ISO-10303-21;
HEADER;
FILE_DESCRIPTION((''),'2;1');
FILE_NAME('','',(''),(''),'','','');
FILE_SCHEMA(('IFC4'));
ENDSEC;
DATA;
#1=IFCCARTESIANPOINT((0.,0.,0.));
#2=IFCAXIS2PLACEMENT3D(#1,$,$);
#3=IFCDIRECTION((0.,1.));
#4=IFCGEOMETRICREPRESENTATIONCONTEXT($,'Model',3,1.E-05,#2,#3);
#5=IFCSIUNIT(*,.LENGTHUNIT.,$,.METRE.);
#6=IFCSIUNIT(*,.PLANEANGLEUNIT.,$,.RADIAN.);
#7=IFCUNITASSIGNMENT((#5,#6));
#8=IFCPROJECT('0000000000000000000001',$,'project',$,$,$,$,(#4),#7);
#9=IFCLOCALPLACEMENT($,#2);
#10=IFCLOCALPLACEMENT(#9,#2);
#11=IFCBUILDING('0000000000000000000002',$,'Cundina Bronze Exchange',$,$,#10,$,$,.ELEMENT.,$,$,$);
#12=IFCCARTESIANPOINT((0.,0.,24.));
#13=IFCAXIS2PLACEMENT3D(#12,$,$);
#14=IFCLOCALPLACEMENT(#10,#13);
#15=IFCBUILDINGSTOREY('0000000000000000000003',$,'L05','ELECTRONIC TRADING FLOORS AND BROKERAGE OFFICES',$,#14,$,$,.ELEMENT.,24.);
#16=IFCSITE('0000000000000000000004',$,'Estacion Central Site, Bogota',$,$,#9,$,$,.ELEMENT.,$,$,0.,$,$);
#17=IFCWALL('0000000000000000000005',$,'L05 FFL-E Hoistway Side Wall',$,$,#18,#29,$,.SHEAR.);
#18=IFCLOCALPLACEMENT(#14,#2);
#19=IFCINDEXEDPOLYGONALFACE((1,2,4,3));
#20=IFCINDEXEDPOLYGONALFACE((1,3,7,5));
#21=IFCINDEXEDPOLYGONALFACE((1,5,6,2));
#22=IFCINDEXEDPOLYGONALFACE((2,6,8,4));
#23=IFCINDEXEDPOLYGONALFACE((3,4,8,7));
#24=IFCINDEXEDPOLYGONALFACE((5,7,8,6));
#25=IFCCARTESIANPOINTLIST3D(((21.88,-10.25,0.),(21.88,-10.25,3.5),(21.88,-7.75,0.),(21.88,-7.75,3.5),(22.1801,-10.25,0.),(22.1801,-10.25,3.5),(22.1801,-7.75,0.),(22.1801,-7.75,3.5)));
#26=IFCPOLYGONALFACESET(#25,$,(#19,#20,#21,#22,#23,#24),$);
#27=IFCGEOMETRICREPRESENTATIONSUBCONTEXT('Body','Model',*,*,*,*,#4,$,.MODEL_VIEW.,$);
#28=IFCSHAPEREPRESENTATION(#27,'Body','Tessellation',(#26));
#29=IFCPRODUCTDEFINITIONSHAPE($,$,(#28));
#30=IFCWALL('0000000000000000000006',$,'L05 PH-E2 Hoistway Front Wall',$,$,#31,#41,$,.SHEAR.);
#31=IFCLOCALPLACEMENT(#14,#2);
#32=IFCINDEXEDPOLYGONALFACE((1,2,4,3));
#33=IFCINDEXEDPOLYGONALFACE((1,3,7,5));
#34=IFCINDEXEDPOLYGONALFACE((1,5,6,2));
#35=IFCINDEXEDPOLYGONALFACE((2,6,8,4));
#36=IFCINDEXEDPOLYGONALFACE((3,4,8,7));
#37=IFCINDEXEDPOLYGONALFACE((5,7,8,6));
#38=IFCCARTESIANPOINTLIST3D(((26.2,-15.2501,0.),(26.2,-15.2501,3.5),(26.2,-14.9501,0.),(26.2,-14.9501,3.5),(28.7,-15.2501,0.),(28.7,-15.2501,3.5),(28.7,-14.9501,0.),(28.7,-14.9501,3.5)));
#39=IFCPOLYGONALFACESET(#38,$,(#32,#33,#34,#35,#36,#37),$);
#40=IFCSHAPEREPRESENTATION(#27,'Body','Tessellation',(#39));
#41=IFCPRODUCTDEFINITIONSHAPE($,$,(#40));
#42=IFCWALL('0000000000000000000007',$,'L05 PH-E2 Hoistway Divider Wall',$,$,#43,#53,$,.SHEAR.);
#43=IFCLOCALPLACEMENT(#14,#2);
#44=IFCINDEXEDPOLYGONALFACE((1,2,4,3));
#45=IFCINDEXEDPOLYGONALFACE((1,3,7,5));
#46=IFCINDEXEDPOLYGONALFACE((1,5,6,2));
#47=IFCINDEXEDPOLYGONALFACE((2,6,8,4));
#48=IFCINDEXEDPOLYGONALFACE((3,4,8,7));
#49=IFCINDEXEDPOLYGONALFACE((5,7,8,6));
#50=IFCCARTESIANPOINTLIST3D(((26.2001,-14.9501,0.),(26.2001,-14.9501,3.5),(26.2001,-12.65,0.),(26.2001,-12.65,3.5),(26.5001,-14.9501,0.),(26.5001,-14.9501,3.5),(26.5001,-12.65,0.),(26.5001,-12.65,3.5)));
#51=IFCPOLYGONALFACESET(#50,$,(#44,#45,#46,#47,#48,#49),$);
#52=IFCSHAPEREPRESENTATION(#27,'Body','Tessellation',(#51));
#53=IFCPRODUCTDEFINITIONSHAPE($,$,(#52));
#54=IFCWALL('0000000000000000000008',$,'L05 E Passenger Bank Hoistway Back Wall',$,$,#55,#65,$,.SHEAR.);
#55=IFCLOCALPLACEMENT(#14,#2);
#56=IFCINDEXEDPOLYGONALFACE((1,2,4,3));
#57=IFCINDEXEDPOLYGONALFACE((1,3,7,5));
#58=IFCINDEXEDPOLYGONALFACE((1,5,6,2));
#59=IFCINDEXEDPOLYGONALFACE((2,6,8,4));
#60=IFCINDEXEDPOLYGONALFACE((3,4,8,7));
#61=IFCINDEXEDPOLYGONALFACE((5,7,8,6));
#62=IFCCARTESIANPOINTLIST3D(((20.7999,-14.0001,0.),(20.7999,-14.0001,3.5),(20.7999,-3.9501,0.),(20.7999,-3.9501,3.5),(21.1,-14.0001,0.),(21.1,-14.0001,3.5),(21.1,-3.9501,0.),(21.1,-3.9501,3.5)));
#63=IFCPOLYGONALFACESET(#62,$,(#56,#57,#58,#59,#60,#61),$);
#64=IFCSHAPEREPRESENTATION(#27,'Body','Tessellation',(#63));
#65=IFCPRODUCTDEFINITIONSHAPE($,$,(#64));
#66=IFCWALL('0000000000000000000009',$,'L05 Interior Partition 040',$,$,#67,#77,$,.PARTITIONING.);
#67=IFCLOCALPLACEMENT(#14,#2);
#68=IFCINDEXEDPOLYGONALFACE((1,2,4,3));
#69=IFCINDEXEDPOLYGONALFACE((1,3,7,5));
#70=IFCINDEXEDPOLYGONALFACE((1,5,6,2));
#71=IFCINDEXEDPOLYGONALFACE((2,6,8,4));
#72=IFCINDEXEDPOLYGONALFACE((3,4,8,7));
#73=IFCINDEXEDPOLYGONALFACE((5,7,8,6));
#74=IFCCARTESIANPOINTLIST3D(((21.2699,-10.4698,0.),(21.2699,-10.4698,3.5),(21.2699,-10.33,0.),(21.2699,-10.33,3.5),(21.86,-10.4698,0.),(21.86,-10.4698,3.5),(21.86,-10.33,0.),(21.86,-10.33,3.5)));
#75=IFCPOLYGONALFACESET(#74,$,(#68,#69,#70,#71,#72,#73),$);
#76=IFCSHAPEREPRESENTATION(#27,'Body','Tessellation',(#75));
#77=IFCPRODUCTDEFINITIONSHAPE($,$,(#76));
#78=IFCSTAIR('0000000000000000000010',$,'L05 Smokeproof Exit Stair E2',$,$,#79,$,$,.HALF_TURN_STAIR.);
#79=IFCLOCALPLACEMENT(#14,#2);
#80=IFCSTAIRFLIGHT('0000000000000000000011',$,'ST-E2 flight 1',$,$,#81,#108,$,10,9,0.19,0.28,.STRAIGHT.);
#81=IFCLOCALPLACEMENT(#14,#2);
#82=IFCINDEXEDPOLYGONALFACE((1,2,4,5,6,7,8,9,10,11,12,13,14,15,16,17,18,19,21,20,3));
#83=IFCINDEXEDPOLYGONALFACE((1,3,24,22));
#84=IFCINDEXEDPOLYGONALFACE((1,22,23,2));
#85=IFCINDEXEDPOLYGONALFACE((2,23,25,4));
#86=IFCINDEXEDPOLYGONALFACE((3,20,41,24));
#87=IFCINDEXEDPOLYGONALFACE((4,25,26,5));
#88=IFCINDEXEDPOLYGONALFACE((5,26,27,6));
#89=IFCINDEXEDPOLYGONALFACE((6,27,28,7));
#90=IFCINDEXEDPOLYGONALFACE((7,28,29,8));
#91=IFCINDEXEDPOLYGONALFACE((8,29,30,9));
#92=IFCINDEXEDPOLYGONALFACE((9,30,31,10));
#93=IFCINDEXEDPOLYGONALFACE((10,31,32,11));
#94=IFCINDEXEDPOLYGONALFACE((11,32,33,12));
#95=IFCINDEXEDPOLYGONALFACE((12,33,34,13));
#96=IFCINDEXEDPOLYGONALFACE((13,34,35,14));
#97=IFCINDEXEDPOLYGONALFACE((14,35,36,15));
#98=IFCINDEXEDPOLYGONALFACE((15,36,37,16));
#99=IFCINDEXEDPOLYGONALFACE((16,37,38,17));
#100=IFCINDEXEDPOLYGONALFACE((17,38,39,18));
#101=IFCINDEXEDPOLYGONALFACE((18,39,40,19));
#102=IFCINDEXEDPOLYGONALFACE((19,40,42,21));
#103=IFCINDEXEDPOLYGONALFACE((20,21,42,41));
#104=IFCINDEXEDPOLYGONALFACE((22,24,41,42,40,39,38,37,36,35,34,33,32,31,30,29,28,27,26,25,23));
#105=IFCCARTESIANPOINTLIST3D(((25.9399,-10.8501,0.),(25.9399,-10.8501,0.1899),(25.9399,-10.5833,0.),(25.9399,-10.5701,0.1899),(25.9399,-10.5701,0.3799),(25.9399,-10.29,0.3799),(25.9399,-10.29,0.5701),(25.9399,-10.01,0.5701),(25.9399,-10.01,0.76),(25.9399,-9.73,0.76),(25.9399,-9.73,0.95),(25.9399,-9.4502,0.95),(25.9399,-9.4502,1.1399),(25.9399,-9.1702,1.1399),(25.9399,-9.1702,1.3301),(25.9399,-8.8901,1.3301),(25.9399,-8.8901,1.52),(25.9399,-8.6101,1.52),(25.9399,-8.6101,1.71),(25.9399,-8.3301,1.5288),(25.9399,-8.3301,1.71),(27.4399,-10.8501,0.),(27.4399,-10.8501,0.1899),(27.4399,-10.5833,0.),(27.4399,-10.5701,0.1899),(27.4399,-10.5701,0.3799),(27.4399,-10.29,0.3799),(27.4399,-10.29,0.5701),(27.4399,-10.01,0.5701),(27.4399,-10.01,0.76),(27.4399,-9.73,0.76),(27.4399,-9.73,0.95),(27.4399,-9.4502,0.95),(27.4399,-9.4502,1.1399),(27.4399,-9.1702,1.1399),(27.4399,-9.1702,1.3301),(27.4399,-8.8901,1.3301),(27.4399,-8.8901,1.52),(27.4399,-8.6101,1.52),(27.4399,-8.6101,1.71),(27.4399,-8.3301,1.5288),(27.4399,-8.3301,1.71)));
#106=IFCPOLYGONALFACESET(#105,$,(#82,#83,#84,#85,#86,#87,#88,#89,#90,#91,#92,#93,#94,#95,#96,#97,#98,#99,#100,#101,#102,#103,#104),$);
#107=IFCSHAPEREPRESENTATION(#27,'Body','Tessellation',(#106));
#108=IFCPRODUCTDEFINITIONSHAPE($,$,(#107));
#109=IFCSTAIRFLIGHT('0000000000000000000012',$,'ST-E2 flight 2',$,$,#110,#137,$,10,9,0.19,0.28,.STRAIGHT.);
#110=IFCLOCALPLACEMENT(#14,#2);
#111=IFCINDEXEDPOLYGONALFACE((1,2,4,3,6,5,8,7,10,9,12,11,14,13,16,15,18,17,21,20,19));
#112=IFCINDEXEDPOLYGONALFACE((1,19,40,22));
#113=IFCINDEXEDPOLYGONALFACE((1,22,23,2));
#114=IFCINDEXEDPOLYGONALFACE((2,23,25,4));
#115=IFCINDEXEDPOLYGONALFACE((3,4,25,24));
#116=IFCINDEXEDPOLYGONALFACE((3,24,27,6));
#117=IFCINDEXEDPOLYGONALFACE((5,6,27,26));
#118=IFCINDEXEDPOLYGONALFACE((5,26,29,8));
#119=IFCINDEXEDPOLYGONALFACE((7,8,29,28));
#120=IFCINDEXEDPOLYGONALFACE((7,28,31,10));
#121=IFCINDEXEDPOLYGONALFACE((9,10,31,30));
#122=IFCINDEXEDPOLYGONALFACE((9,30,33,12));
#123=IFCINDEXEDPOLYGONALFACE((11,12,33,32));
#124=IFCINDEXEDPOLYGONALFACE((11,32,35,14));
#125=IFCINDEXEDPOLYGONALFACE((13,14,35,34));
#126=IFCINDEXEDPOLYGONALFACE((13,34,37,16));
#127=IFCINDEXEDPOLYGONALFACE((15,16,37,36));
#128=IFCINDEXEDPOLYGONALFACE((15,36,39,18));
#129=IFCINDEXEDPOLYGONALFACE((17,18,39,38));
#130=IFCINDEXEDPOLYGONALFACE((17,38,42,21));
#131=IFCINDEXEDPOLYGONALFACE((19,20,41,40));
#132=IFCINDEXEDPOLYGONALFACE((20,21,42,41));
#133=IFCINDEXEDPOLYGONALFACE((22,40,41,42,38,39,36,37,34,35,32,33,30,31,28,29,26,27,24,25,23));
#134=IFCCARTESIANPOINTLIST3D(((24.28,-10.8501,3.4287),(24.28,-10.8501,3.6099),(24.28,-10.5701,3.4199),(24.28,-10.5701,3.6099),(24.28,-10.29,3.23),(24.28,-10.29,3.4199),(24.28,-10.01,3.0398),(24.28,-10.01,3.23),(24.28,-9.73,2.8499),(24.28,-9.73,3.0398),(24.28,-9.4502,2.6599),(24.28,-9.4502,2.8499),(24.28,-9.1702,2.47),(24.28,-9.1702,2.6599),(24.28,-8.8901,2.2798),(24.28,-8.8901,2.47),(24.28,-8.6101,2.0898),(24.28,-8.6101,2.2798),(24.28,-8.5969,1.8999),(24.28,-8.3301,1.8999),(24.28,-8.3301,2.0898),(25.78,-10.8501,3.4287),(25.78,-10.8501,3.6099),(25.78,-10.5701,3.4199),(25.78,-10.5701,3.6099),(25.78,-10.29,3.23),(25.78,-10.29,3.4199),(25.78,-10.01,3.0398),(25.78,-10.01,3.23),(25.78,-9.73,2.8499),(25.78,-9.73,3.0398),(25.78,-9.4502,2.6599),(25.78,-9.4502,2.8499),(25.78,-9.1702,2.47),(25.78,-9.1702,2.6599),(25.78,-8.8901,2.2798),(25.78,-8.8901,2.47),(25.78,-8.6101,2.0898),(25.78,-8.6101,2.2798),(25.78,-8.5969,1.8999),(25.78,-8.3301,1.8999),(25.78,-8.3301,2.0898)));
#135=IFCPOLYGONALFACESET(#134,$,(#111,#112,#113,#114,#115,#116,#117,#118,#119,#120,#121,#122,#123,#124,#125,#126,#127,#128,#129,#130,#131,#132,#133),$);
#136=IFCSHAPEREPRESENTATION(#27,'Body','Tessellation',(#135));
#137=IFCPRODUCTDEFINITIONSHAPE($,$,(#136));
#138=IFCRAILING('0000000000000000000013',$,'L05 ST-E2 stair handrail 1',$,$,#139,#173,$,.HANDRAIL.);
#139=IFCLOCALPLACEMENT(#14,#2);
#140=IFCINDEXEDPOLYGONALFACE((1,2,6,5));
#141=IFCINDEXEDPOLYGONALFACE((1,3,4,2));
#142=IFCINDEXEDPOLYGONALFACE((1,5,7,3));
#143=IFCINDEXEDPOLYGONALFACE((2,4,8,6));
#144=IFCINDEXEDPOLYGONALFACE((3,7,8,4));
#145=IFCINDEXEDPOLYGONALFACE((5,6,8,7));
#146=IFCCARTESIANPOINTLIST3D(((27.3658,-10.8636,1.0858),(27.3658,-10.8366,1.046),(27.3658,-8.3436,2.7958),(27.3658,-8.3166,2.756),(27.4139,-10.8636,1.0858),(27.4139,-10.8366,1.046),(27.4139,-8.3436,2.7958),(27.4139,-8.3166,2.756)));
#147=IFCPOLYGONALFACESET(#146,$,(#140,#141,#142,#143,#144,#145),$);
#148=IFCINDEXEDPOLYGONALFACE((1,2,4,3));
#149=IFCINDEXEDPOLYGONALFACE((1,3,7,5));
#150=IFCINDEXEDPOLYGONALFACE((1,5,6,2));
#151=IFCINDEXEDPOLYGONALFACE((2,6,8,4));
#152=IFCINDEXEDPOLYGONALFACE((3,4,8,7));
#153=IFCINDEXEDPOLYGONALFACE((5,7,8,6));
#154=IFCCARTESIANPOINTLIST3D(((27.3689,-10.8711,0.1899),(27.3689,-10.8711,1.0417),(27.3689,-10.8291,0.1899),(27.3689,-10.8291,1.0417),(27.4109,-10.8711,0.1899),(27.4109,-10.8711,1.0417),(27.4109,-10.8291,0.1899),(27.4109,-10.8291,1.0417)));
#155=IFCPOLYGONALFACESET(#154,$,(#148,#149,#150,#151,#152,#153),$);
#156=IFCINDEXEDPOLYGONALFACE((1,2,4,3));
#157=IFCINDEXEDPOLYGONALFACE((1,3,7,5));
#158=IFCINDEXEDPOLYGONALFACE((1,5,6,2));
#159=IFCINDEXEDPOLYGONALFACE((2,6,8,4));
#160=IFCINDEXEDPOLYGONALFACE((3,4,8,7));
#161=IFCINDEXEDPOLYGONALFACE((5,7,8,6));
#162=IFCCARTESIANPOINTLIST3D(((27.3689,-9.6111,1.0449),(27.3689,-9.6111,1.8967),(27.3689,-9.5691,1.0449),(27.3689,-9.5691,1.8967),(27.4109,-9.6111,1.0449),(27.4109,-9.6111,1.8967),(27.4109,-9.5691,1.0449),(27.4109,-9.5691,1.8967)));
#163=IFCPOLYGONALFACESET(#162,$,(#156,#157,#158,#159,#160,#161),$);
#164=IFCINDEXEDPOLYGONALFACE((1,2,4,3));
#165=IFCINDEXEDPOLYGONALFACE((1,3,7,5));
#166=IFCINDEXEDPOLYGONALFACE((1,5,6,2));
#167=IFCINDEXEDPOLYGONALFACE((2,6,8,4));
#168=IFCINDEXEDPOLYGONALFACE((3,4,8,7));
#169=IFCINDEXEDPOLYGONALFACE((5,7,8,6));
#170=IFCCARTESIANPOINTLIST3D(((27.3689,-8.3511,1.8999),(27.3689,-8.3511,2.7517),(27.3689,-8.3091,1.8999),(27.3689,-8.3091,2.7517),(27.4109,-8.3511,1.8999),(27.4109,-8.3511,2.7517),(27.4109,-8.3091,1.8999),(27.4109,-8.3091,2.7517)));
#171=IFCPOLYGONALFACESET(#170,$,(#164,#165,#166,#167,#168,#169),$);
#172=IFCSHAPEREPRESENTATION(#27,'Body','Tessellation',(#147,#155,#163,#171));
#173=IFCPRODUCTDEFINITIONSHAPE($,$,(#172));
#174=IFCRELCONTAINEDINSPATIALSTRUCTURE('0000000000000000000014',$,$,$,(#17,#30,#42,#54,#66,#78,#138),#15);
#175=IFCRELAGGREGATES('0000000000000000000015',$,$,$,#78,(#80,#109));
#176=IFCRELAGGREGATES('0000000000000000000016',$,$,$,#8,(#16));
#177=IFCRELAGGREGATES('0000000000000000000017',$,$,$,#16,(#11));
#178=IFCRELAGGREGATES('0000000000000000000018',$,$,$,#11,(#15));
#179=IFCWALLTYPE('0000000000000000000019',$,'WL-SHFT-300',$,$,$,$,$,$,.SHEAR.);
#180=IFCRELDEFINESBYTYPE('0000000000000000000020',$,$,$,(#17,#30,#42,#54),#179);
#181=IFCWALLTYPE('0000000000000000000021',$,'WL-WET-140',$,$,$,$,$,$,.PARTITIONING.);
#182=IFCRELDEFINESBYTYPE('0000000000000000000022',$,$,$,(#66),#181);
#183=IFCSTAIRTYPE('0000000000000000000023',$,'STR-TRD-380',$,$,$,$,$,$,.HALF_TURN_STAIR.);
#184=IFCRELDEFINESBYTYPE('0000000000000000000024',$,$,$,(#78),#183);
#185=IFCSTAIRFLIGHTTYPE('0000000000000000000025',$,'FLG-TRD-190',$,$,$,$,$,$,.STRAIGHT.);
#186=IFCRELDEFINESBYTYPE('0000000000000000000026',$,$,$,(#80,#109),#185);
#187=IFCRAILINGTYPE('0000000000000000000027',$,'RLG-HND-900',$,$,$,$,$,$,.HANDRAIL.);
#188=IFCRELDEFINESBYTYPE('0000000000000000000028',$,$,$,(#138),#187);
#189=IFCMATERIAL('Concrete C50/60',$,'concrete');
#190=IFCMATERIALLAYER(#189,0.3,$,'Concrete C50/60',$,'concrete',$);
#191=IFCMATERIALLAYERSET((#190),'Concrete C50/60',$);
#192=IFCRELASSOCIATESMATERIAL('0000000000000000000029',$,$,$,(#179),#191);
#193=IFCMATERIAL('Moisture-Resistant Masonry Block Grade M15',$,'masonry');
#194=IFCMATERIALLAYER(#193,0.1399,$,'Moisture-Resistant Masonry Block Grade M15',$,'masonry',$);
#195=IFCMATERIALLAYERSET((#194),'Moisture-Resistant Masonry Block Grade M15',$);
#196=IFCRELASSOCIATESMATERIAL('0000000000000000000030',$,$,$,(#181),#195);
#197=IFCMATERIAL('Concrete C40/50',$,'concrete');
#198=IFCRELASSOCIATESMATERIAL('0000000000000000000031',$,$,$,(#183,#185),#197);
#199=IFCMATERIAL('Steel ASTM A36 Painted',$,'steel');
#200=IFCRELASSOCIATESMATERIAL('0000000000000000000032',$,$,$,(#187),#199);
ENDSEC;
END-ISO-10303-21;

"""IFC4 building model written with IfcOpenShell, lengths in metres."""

from ifc_helpers import new_model, si_unit, direction, frame, frame_2d, origin, origin_2d, place, context, subcontext, project, spatial, polyline, rectangle, outline, extrude, material, layer, layer_set, type_object, element, aggregate, save


model = new_model("IFC4")

# Units and contexts
model_context = context("Model", 3, precision=1e-05, world=origin(), true_north=direction((0.0, 1.0)))
body_context = subcontext(model_context, "Body", "Model", "MODEL_VIEW")
ifc_project = project(units=[si_unit("LENGTHUNIT", "METRE"), si_unit("PLANEANGLEUNIT", "RADIAN")], contexts=[model_context])

# Site, building, storey
site_placement = place(None, origin())
site = spatial("IfcSite", under=ifc_project, at=site_placement, Name="Estacion Central Site, Bogota", CompositionType="ELEMENT", RefElevation=0.0)
building_placement = place(site_placement, origin())
building = spatial("IfcBuilding", under=site, at=building_placement, Name="Cundina Bronze Exchange", CompositionType="ELEMENT")
storey_placement = place(building_placement, frame((0.0, 0.0, 24.0)))
storey = spatial("IfcBuildingStorey", under=building, at=storey_placement, Name="L05", Description="ELECTRONIC TRADING FLOORS AND BROKERAGE OFFICES", CompositionType="ELEMENT", Elevation=24.0)

# Shared definitions
ifc_material_1 = material(Name="Concrete C50/60", Category="concrete")
ifc_layer_1 = layer(ifc_material_1, 0.3, Name="Concrete C50/60", Category="concrete")
ifc_layer_set_1 = layer_set([ifc_layer_1], Name="Concrete C50/60")
wall_type_1 = type_object("IfcWallType", Name="WL-SHFT-300", PredefinedType="SHEAR", material=ifc_layer_set_1)

# Shared definitions
ifc_material_2 = material(Name="Steel ASTM A36 Painted", Category="steel")

# Walls
for number, where, z_axis, x_axis, name in (
    (1, (22.03, -10.25, 0.0), (0.0, 0.0, 1.0), (0.0, 1.0, 0.0), "L05 FFL-E Hoistway Side Wall"),
    (2, (26.2, -15.1001, 0.0), (0.0, 0.0, 1.0), (1.0, 0.0, 0.0), "L05 PH-E2 Hoistway Front Wall"),
):
    element("IfcWall", number, at=place(storey_placement, frame(where, z_axis=z_axis, x_axis=x_axis)), inside=storey, type_object=wall_type_1, Name=name, PredefinedType="SHEAR", context=body_context, shape_type="SweptSolid", body=[
        extrude(rectangle(XDim=2.5, YDim=0.3, at=frame_2d((1.25, 0.0))), origin(), (0.0, 0.0, 1.0), 3.5),
    ])
wall_1_placement = place(storey_placement, frame((26.3501, -14.95, 0.0), z_axis=(0.0, 0.0, 1.0), x_axis=(0.0, 1.0, 0.0)))
element("IfcWall", 3, at=wall_1_placement, inside=storey, type_object=wall_type_1, Name="L05 PH-E2 Hoistway Divider Wall", PredefinedType="SHEAR", context=body_context, shape_type="SweptSolid", body=[
    extrude(rectangle(XDim=2.3, YDim=0.3, at=frame_2d((1.1499, 0.0))), origin(), (0.0, 0.0, 1.0), 3.5),
])
wall_2_placement = place(storey_placement, frame((20.95, -14.0, 0.0), z_axis=(0.0, 0.0, 1.0), x_axis=(0.0, 1.0, 0.0)))
element("IfcWall", 4, at=wall_2_placement, inside=storey, type_object=wall_type_1, Name="L05 E Passenger Bank Hoistway Back Wall", PredefinedType="SHEAR", context=body_context, shape_type="SweptSolid", body=[
    extrude(rectangle(XDim=10.05, YDim=0.3, at=frame_2d((5.0249, 0.0))), origin(), (0.0, 0.0, 1.0), 3.5),
])
ifc_material_3 = material(Name="Moisture-Resistant Masonry Block Grade M15", Category="masonry")
ifc_layer_2 = layer(ifc_material_3, 0.1399, Name="Moisture-Resistant Masonry Block Grade M15", Category="masonry")
ifc_layer_set_2 = layer_set([ifc_layer_2], Name="Moisture-Resistant Masonry Block Grade M15")
wall_type_2 = type_object("IfcWallType", Name="WL-WET-140", PredefinedType="PARTITIONING", material=ifc_layer_set_2)
wall_3_placement = place(storey_placement, frame((21.27, -10.3999, 0.0), z_axis=(0.0, 0.0, 1.0), x_axis=(1.0, 0.0, 0.0)))
element("IfcWall", 5, at=wall_3_placement, inside=storey, type_object=wall_type_2, Name="L05 Interior Partition 040", PredefinedType="PARTITIONING", context=body_context, shape_type="SweptSolid", body=[
    extrude(rectangle(XDim=0.5901, YDim=0.1399, at=frame_2d((0.2949, 0.0))), origin(), (0.0, 0.0, 1.0), 3.5),
])

# Stair, stair flights
ifc_material_4 = material(Name="Concrete C40/50", Category="concrete")
stair_type = type_object("IfcStairType", Name="STR-TRD-380", PredefinedType="HALF_TURN_STAIR", material=ifc_material_4)
stair_placement = place(storey_placement, origin())
stair = element("IfcStair", 6, at=stair_placement, inside=storey, type_object=stair_type, Name="L05 Smokeproof Exit Stair E2", PredefinedType="HALF_TURN_STAIR")
stair_flight_type = type_object("IfcStairFlightType", Name="FLG-TRD-190", PredefinedType="STRAIGHT", material=ifc_material_4)
stair_flight_1_placement = place(storey_placement, frame((26.6899, -10.8501, 0.0), z_axis=(0.0, 0.0, 1.0), x_axis=(0.0, 1.0, 0.0)))
stair_flight_1 = element("IfcStairFlight", 7, at=stair_flight_1_placement, type_object=stair_flight_type, Name="ST-E2 flight 1", NumberOfRisers=10, NumberOfTreads=9, PredefinedType="STRAIGHT", RiserHeight=0.19, TreadLength=0.28, context=body_context, shape_type="SweptSolid", body=[
    extrude(outline(polyline([(0.0, 0.0), (0.0, 0.1899), (0.28, 0.1899), (0.28, 0.3799), (0.5601, 0.3799), (0.5601, 0.5701), (0.8401, 0.5701), (0.8401, 0.76), (1.1201, 0.76), (1.1201, 0.95), (1.3999, 0.95), (1.3999, 1.1399), (1.6799, 1.1399), (1.6799, 1.3301), (1.96, 1.3301), (1.96, 1.52), (2.24, 1.52), (2.24, 1.71), (2.52, 1.71), (2.52, 1.8999), (2.52, 1.5288), (0.2668, 0.0), (0.0, 0.0)])), frame((0.0, 0.75, 0.0), z_axis=(0.0, -1.0, 0.0), x_axis=(1.0, 0.0, 0.0)), (0.0, 0.0, 1.0), 1.5),
])
stair_flight_2_placement = place(storey_placement, frame((25.03, -8.3301, 1.8999), z_axis=(0.0, 0.0, 1.0), x_axis=(0.0, -1.0, 0.0)))
stair_flight_2 = element("IfcStairFlight", 8, at=stair_flight_2_placement, type_object=stair_flight_type, Name="ST-E2 flight 2", NumberOfRisers=10, NumberOfTreads=9, PredefinedType="STRAIGHT", RiserHeight=0.19, TreadLength=0.28, context=body_context, shape_type="SweptSolid", body=[
    extrude(outline(polyline([(0.0, 0.0), (0.0, 0.1899), (0.28, 0.1899), (0.28, 0.3799), (0.5601, 0.3799), (0.5601, 0.5701), (0.8401, 0.5701), (0.8401, 0.76), (1.1201, 0.76), (1.1201, 0.95), (1.3999, 0.95), (1.3999, 1.1399), (1.6799, 1.1399), (1.6799, 1.3301), (1.96, 1.3301), (1.96, 1.52), (2.24, 1.52), (2.24, 1.71), (2.52, 1.71), (2.52, 1.8999), (2.52, 1.5288), (0.2668, 0.0), (0.0, 0.0)])), frame((0.0, 0.75, 0.0), z_axis=(0.0, -1.0, 0.0), x_axis=(1.0, 0.0, 0.0)), (0.0, 0.0, 1.0), 1.5),
])
aggregate(stair, [stair_flight_1, stair_flight_2])

# Railing
railing_type_1 = type_object("IfcRailingType", Name="RLG-HND-900", PredefinedType="HANDRAIL", material=ifc_material_2)
railing_1_placement = place(storey_placement, frame((27.3899, -10.8501, 0.1899)))
element("IfcRailing", 9, at=railing_1_placement, inside=storey, type_object=railing_type_1, Name="L05 ST-E2 stair handrail 1", PredefinedType="HANDRAIL", context=body_context, shape_type="SweptSolid", body=[
    extrude(rectangle(XDim=0.0481, YDim=0.0481, at=origin_2d()), frame((0.0, 0.0, 0.876), z_axis=(0.0, 0.827484, 0.56149), x_axis=(-1.0, 0.0, 0.0)), (0.0, 0.0, 1.0), 3.0454),
    extrude(rectangle(XDim=0.042, YDim=0.042, at=origin_2d()), origin(), (0.0, 0.0, 1.0), 0.8518),
    extrude(rectangle(XDim=0.042, YDim=0.042, at=origin_2d()), frame((0.0, 1.26, 0.855)), (0.0, 0.0, 1.0), 0.8518),
    extrude(rectangle(XDim=0.042, YDim=0.042, at=origin_2d()), frame((0.0, 2.52, 1.71)), (0.0, 0.0, 1.0), 0.8518),
])

save(model, "model.ifc")
